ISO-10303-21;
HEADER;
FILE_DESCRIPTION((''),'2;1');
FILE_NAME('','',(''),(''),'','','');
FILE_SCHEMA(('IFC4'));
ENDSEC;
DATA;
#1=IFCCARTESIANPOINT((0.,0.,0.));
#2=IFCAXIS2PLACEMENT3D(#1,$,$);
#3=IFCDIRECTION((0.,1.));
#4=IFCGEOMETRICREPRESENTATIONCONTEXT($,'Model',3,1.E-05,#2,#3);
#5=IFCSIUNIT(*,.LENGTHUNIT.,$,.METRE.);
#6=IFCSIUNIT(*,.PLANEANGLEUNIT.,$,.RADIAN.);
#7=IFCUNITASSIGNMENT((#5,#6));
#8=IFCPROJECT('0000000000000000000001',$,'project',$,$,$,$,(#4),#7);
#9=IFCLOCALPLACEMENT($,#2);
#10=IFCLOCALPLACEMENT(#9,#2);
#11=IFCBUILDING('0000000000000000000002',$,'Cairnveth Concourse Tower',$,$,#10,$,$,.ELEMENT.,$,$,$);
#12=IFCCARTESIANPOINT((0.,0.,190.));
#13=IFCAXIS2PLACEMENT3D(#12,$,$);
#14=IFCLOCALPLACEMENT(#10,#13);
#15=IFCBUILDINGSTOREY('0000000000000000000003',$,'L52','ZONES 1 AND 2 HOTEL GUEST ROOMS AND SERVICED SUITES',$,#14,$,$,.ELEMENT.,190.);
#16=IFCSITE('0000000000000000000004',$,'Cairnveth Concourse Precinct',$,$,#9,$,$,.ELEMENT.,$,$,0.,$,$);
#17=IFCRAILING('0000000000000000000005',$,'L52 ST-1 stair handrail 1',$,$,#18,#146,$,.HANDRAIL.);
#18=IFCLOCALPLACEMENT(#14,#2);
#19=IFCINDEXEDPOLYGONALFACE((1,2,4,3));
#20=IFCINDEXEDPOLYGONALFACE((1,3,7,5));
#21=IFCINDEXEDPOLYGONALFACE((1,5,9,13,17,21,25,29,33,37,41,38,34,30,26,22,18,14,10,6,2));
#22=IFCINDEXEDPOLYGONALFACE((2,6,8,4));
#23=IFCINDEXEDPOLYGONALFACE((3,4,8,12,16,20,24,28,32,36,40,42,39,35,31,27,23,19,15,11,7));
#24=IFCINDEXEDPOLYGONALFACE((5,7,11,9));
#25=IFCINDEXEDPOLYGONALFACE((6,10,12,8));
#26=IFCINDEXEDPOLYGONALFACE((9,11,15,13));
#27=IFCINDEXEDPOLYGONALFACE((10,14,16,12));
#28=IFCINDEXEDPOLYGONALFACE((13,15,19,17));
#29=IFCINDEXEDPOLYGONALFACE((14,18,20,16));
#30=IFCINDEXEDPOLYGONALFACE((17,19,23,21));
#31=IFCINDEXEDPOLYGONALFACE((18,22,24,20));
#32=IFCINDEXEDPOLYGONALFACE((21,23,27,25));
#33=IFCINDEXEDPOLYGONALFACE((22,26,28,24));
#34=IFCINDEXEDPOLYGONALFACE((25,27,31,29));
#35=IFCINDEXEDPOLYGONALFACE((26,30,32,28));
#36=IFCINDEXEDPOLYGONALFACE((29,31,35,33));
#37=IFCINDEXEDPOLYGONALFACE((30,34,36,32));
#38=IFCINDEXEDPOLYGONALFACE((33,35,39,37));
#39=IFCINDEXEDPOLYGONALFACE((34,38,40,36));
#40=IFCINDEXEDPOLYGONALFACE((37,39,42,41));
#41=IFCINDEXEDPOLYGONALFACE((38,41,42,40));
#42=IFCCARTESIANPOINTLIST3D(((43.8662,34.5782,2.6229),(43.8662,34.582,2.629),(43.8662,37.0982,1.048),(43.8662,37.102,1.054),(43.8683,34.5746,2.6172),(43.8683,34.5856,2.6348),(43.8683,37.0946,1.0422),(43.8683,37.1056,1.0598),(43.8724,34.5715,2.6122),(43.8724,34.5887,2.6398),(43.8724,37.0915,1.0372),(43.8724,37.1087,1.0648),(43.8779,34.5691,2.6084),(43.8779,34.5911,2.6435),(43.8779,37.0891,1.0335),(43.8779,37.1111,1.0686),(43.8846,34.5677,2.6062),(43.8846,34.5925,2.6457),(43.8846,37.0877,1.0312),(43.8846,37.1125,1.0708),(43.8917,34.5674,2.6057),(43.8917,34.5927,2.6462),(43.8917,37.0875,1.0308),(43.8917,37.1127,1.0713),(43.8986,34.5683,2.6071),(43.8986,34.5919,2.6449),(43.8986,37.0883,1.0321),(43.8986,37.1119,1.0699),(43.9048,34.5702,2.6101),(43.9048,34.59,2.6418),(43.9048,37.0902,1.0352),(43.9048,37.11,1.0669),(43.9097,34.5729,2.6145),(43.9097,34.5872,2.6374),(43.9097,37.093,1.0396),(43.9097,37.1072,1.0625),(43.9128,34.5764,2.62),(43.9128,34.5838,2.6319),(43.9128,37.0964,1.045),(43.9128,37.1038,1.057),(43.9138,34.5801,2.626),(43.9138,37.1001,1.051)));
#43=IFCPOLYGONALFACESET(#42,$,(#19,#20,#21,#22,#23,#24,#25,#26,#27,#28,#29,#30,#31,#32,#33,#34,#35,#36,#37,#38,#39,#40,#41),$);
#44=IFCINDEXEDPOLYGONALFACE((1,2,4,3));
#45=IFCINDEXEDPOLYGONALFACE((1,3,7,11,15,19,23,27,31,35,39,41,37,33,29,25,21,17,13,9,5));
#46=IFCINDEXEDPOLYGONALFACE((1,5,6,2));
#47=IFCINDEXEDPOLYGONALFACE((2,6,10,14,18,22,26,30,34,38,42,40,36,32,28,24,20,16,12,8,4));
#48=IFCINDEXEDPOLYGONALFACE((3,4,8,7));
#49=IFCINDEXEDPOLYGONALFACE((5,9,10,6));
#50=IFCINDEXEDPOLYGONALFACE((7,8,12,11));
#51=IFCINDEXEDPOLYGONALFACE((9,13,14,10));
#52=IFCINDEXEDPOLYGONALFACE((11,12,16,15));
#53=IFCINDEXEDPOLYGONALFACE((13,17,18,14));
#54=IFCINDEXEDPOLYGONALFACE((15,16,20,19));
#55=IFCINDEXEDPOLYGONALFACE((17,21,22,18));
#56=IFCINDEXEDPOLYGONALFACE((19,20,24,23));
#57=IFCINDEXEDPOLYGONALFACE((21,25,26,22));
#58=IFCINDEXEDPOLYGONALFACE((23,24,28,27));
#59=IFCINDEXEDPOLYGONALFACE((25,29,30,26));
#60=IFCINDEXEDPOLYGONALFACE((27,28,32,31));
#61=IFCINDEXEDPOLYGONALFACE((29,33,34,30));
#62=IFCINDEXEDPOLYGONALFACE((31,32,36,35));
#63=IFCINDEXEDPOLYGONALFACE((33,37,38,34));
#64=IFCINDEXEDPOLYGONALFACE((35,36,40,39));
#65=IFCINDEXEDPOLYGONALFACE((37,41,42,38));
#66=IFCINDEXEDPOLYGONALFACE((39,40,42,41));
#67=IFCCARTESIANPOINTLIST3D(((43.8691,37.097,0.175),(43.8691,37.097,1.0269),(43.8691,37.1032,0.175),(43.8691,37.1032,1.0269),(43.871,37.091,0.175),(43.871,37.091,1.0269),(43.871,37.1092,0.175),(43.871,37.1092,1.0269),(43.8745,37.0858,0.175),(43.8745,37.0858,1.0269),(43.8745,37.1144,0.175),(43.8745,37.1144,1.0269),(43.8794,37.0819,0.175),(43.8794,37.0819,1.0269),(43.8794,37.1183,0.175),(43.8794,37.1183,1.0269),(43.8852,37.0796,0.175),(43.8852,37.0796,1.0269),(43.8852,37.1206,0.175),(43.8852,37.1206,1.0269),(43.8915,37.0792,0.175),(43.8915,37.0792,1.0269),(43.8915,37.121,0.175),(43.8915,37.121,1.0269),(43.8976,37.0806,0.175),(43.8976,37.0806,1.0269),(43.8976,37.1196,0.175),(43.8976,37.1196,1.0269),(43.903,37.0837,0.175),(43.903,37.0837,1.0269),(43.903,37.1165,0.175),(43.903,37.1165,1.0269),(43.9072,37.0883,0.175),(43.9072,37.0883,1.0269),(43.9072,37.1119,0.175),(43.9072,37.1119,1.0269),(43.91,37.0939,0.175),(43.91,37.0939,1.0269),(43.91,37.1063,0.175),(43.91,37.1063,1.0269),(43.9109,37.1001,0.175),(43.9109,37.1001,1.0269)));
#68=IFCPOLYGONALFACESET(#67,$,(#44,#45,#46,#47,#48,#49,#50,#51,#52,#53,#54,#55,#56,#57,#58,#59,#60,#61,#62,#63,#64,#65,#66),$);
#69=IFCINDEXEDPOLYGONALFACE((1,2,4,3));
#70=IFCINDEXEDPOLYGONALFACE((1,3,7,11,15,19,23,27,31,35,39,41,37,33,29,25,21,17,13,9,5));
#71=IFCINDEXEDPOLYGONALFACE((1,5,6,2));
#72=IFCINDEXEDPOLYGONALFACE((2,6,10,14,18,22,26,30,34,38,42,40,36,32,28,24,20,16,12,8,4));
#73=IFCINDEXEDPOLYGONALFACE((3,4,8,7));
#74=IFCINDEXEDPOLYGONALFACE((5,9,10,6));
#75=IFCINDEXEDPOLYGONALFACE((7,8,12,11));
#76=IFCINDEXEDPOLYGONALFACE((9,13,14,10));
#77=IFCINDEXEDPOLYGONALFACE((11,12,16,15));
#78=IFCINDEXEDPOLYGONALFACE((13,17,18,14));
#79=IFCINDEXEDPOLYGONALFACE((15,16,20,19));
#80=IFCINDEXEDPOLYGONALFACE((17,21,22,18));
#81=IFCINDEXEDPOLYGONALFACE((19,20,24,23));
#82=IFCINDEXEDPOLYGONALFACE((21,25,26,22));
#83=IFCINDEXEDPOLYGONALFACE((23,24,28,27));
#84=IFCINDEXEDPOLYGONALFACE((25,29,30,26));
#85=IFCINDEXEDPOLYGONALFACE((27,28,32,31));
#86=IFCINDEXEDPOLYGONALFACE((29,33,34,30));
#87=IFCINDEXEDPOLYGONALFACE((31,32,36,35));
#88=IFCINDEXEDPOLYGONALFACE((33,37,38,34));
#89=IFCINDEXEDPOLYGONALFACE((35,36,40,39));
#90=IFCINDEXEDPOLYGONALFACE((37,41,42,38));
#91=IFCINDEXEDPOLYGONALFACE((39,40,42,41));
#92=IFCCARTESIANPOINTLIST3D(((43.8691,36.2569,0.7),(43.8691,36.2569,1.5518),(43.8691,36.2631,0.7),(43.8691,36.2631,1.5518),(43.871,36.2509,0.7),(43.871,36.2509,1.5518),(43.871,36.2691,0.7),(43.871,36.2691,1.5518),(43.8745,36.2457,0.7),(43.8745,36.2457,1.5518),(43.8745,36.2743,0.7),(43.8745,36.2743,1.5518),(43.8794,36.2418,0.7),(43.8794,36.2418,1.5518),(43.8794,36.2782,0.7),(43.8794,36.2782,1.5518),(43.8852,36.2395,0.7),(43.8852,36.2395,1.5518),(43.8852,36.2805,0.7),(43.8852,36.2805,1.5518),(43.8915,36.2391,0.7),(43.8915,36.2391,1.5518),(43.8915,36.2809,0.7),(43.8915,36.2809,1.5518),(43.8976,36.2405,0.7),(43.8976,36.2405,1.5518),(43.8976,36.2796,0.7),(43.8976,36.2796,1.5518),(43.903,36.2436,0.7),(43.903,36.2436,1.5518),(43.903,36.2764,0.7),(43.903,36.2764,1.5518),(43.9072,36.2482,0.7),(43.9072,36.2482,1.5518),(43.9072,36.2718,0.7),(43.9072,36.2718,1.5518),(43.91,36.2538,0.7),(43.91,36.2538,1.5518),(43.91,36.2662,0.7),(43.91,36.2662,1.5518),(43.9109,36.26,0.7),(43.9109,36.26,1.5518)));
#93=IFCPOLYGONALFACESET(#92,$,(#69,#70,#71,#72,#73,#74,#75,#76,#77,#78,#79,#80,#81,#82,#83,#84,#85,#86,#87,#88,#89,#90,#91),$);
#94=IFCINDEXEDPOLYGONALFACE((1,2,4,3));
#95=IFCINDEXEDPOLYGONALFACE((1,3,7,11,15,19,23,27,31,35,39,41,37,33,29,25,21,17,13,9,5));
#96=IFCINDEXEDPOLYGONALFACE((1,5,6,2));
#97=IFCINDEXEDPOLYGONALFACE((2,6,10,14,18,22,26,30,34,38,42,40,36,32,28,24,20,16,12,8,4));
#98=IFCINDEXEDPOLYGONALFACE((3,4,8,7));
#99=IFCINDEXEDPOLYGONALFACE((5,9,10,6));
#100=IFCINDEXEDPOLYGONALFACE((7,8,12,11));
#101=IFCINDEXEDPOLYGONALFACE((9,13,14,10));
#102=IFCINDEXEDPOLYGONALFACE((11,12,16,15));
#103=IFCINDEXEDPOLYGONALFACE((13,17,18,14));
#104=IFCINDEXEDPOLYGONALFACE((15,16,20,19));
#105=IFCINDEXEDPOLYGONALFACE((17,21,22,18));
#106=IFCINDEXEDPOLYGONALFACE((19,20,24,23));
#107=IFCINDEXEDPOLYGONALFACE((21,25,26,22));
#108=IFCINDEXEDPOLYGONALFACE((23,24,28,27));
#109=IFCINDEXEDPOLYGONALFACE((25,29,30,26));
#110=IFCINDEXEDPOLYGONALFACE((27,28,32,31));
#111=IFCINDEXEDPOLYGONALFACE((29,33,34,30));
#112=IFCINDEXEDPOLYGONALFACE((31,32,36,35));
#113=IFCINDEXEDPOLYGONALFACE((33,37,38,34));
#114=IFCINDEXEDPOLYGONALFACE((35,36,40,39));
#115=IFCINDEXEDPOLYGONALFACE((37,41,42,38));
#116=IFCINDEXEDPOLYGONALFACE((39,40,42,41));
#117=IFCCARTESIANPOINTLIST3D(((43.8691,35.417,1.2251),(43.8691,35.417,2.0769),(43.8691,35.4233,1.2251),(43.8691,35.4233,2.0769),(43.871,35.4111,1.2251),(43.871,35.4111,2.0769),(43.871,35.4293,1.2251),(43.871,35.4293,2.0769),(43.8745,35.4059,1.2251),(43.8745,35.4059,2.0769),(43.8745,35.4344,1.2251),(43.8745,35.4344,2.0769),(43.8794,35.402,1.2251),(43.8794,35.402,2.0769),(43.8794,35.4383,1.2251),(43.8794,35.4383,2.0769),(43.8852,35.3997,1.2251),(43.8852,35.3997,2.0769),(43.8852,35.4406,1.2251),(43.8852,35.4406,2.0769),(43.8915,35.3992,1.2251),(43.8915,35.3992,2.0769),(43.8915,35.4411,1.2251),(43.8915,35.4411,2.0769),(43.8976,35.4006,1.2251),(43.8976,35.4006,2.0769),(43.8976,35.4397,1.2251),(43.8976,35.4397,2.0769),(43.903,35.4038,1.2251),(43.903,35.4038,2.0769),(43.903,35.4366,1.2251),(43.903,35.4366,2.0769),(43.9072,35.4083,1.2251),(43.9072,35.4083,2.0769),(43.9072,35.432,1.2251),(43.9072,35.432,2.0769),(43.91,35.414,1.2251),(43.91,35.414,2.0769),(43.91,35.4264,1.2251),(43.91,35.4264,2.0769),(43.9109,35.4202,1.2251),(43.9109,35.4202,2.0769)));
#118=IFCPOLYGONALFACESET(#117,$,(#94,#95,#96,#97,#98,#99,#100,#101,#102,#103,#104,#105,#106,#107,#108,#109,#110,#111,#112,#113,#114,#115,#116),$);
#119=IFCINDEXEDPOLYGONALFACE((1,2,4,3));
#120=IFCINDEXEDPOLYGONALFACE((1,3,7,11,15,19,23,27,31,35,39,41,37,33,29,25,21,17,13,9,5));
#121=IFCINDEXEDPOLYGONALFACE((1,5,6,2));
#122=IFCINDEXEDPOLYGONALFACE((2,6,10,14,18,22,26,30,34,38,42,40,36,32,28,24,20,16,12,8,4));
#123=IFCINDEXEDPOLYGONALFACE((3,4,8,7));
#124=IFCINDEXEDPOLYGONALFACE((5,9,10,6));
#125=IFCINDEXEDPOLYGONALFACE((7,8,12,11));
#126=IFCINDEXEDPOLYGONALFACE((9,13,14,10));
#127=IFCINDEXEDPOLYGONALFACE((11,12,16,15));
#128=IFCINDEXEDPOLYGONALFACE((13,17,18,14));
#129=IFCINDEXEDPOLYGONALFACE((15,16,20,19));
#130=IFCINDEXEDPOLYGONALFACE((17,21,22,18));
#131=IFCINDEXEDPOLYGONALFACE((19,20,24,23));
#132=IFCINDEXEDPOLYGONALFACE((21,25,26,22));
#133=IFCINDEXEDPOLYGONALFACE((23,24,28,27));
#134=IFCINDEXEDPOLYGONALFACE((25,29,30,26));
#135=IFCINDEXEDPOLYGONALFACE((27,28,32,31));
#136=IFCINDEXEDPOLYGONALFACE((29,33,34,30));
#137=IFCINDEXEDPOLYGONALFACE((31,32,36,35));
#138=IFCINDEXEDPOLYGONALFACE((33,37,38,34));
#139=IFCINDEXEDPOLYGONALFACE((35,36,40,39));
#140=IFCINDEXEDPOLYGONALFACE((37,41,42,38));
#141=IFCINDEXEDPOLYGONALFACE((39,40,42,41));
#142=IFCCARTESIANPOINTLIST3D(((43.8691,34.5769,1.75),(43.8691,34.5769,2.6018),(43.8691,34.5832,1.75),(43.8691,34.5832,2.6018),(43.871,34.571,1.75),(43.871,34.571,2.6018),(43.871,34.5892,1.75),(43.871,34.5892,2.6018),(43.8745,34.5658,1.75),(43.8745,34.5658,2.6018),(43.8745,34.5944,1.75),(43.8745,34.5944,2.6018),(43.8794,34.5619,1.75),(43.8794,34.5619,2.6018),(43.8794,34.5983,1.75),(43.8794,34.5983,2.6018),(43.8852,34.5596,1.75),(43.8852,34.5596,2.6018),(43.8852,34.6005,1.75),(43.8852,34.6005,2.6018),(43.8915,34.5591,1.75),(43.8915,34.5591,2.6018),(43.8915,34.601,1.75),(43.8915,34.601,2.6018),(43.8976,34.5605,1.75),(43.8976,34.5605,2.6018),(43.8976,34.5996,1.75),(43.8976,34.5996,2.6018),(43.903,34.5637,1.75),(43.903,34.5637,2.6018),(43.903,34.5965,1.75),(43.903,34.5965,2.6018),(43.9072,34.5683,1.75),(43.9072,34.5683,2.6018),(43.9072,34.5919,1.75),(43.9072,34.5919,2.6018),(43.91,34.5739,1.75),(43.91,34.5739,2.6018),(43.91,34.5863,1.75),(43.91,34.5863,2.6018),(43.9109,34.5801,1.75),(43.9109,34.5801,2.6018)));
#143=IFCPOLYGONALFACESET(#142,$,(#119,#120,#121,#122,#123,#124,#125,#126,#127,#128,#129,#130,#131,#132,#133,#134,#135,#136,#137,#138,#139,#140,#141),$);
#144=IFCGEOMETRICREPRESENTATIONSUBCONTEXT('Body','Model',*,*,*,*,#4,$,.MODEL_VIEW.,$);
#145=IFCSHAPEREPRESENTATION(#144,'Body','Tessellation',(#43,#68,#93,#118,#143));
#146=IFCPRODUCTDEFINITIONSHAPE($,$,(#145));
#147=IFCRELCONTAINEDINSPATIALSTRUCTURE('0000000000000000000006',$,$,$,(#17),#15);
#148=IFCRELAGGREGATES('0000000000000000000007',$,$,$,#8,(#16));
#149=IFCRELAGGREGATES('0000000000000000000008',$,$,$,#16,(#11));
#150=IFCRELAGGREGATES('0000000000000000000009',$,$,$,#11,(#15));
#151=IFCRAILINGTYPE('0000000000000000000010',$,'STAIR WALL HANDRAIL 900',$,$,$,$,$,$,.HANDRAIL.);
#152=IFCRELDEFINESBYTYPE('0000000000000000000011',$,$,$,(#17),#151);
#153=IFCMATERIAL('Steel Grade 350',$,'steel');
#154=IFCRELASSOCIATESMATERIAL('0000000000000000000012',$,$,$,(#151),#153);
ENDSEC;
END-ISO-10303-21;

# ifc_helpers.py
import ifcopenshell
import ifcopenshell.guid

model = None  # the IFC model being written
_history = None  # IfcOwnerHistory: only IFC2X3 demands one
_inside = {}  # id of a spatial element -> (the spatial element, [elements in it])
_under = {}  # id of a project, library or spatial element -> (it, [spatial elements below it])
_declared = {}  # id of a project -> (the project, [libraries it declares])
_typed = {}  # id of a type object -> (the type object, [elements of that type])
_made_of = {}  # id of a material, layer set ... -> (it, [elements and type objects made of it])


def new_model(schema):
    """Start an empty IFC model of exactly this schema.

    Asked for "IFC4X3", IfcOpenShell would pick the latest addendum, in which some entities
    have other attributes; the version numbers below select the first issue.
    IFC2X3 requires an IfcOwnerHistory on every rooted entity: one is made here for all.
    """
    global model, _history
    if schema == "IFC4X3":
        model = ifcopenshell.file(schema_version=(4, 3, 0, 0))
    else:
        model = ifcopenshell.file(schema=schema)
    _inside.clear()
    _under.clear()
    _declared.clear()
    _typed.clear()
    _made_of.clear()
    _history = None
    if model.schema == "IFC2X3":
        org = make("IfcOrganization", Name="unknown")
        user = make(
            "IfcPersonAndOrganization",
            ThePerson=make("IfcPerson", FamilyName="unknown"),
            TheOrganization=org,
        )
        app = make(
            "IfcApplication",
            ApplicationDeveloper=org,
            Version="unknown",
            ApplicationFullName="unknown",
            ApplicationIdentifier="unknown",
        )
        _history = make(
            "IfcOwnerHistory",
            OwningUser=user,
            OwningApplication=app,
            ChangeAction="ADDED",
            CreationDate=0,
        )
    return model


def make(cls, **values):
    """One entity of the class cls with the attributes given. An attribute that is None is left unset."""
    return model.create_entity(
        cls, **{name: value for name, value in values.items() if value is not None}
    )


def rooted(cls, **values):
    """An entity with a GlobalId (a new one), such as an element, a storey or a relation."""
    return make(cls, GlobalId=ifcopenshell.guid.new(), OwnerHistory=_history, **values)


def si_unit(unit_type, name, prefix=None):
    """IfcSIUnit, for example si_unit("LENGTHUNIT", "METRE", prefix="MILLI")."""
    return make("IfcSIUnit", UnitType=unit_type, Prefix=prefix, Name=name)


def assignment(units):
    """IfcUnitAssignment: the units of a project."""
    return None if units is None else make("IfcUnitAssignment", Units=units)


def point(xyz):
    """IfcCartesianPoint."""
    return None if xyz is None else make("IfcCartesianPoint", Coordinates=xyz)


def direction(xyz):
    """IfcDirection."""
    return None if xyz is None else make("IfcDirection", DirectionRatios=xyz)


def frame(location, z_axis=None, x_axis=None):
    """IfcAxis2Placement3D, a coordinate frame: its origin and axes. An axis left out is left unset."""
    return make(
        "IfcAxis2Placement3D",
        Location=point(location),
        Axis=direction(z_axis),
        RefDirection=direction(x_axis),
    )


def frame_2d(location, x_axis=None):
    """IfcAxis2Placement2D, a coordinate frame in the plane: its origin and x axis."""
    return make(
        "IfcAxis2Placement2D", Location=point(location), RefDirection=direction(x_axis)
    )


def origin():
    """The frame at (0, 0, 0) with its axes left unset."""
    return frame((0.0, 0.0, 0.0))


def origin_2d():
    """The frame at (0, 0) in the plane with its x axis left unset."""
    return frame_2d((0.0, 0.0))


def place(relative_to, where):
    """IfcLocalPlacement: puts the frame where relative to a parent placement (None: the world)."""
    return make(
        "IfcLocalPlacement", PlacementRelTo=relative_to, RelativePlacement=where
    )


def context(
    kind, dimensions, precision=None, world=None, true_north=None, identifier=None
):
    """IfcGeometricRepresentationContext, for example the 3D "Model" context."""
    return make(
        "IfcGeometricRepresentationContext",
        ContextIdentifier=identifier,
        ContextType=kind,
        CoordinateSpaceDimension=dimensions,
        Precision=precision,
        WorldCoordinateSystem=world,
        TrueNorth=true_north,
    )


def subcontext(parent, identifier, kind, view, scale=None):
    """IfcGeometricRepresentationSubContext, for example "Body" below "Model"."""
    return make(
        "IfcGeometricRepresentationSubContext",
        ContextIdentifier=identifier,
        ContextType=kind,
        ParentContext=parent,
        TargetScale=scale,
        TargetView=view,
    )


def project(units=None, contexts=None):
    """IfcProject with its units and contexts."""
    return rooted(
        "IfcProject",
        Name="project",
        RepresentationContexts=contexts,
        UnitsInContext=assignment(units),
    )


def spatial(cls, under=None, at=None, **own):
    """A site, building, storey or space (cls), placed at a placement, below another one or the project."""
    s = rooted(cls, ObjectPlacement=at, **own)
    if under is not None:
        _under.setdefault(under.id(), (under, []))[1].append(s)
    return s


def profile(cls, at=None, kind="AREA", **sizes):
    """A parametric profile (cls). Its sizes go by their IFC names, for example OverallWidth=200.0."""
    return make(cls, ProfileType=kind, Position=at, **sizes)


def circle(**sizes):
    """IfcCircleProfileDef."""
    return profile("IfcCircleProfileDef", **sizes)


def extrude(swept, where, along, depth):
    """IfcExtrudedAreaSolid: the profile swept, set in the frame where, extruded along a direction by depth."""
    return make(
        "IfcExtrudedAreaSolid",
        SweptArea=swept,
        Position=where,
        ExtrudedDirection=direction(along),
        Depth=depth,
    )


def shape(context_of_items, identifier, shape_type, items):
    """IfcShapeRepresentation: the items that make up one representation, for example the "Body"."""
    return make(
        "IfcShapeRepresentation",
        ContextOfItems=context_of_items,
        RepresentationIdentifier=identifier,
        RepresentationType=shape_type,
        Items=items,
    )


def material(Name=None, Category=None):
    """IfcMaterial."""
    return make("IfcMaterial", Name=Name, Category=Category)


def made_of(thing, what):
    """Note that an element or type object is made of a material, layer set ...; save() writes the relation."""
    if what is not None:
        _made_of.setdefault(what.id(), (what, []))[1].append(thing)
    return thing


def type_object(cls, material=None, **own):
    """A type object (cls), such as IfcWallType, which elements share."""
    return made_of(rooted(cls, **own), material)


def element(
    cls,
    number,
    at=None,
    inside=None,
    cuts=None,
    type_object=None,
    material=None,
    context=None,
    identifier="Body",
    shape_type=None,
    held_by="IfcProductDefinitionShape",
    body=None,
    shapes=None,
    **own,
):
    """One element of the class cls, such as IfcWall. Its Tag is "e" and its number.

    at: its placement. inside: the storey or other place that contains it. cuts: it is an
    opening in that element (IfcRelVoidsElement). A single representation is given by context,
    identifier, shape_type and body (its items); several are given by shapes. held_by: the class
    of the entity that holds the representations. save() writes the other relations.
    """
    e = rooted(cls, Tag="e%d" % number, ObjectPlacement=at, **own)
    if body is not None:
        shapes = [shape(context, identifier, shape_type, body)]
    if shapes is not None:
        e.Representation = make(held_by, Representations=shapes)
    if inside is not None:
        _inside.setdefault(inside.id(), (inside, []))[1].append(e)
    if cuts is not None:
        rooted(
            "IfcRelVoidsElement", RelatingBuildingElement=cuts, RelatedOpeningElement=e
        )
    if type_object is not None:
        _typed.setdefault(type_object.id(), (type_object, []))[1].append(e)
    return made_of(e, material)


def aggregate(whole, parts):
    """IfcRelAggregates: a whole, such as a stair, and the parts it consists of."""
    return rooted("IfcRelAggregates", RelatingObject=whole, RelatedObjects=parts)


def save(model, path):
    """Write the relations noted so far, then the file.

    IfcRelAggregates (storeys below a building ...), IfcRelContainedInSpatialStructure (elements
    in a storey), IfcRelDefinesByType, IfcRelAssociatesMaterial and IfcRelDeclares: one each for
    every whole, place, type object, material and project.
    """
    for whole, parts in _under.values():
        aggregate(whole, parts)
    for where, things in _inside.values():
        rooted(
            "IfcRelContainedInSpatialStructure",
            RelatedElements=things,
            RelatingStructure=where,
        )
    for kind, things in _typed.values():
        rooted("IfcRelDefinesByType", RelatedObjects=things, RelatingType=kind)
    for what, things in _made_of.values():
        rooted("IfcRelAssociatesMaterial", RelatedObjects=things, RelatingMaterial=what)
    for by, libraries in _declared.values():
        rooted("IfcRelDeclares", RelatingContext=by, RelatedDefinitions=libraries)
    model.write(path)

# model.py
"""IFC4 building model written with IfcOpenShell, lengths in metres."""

from ifc_helpers import new_model, si_unit, direction, frame, origin, origin_2d, place, context, subcontext, project, spatial, circle, extrude, material, type_object, element, save


model = new_model("IFC4")

# Units and contexts
model_context = context("Model", 3, precision=1e-05, world=origin(), true_north=direction((0.0, 1.0)))
body_context = subcontext(model_context, "Body", "Model", "MODEL_VIEW")
ifc_project = project(units=[si_unit("LENGTHUNIT", "METRE"), si_unit("PLANEANGLEUNIT", "RADIAN")], contexts=[model_context])

# Site, building, storey
site_placement = place(None, origin())
site = spatial("IfcSite", under=ifc_project, at=site_placement, Name="Cairnveth Concourse Precinct", CompositionType="ELEMENT", RefElevation=0.0)
building_placement = place(site_placement, origin())
building = spatial("IfcBuilding", under=site, at=building_placement, Name="Cairnveth Concourse Tower", CompositionType="ELEMENT")
storey_placement = place(building_placement, frame((0.0, 0.0, 190.0)))
storey = spatial("IfcBuildingStorey", under=building, at=storey_placement, Name="L52", Description="ZONES 1 AND 2 HOTEL GUEST ROOMS AND SERVICED SUITES", CompositionType="ELEMENT", Elevation=190.0)

# Shared definitions
ifc_material_1 = material(Name="Steel Grade 350", Category="steel")

# Railing
railing_type = type_object("IfcRailingType", Name="STAIR WALL HANDRAIL 900", PredefinedType="HANDRAIL", material=ifc_material_1)
railing_placement = place(storey_placement, frame((43.8899, 37.1001, 0.175)))
element("IfcRailing", 1, at=railing_placement, inside=storey, type_object=railing_type, Name="L52 ST-1 stair handrail 1", PredefinedType="HANDRAIL", context=body_context, shape_type="SweptSolid", body=[
    extrude(circle(Radius=0.0239, at=origin_2d()), frame((0.0, 0.0, 0.876), z_axis=(0.0, -0.848008, 0.529984), x_axis=(1.0, 0.0, 0.0)), (0.0, 0.0, 1.0), 2.9717),
    extrude(circle(Radius=0.021, at=origin_2d()), origin(), (0.0, 0.0, 1.0), 0.8518),
    extrude(circle(Radius=0.021, at=origin_2d()), frame((0.0, -0.8401, 0.5249)), (0.0, 0.0, 1.0), 0.8518),
    extrude(circle(Radius=0.021, at=origin_2d()), frame((0.0, -1.6799, 1.05)), (0.0, 0.0, 1.0), 0.8518),
    extrude(circle(Radius=0.021, at=origin_2d()), frame((0.0, -2.52, 1.575)), (0.0, 0.0, 1.0), 0.8518),
])

save(model, "model.ifc")
